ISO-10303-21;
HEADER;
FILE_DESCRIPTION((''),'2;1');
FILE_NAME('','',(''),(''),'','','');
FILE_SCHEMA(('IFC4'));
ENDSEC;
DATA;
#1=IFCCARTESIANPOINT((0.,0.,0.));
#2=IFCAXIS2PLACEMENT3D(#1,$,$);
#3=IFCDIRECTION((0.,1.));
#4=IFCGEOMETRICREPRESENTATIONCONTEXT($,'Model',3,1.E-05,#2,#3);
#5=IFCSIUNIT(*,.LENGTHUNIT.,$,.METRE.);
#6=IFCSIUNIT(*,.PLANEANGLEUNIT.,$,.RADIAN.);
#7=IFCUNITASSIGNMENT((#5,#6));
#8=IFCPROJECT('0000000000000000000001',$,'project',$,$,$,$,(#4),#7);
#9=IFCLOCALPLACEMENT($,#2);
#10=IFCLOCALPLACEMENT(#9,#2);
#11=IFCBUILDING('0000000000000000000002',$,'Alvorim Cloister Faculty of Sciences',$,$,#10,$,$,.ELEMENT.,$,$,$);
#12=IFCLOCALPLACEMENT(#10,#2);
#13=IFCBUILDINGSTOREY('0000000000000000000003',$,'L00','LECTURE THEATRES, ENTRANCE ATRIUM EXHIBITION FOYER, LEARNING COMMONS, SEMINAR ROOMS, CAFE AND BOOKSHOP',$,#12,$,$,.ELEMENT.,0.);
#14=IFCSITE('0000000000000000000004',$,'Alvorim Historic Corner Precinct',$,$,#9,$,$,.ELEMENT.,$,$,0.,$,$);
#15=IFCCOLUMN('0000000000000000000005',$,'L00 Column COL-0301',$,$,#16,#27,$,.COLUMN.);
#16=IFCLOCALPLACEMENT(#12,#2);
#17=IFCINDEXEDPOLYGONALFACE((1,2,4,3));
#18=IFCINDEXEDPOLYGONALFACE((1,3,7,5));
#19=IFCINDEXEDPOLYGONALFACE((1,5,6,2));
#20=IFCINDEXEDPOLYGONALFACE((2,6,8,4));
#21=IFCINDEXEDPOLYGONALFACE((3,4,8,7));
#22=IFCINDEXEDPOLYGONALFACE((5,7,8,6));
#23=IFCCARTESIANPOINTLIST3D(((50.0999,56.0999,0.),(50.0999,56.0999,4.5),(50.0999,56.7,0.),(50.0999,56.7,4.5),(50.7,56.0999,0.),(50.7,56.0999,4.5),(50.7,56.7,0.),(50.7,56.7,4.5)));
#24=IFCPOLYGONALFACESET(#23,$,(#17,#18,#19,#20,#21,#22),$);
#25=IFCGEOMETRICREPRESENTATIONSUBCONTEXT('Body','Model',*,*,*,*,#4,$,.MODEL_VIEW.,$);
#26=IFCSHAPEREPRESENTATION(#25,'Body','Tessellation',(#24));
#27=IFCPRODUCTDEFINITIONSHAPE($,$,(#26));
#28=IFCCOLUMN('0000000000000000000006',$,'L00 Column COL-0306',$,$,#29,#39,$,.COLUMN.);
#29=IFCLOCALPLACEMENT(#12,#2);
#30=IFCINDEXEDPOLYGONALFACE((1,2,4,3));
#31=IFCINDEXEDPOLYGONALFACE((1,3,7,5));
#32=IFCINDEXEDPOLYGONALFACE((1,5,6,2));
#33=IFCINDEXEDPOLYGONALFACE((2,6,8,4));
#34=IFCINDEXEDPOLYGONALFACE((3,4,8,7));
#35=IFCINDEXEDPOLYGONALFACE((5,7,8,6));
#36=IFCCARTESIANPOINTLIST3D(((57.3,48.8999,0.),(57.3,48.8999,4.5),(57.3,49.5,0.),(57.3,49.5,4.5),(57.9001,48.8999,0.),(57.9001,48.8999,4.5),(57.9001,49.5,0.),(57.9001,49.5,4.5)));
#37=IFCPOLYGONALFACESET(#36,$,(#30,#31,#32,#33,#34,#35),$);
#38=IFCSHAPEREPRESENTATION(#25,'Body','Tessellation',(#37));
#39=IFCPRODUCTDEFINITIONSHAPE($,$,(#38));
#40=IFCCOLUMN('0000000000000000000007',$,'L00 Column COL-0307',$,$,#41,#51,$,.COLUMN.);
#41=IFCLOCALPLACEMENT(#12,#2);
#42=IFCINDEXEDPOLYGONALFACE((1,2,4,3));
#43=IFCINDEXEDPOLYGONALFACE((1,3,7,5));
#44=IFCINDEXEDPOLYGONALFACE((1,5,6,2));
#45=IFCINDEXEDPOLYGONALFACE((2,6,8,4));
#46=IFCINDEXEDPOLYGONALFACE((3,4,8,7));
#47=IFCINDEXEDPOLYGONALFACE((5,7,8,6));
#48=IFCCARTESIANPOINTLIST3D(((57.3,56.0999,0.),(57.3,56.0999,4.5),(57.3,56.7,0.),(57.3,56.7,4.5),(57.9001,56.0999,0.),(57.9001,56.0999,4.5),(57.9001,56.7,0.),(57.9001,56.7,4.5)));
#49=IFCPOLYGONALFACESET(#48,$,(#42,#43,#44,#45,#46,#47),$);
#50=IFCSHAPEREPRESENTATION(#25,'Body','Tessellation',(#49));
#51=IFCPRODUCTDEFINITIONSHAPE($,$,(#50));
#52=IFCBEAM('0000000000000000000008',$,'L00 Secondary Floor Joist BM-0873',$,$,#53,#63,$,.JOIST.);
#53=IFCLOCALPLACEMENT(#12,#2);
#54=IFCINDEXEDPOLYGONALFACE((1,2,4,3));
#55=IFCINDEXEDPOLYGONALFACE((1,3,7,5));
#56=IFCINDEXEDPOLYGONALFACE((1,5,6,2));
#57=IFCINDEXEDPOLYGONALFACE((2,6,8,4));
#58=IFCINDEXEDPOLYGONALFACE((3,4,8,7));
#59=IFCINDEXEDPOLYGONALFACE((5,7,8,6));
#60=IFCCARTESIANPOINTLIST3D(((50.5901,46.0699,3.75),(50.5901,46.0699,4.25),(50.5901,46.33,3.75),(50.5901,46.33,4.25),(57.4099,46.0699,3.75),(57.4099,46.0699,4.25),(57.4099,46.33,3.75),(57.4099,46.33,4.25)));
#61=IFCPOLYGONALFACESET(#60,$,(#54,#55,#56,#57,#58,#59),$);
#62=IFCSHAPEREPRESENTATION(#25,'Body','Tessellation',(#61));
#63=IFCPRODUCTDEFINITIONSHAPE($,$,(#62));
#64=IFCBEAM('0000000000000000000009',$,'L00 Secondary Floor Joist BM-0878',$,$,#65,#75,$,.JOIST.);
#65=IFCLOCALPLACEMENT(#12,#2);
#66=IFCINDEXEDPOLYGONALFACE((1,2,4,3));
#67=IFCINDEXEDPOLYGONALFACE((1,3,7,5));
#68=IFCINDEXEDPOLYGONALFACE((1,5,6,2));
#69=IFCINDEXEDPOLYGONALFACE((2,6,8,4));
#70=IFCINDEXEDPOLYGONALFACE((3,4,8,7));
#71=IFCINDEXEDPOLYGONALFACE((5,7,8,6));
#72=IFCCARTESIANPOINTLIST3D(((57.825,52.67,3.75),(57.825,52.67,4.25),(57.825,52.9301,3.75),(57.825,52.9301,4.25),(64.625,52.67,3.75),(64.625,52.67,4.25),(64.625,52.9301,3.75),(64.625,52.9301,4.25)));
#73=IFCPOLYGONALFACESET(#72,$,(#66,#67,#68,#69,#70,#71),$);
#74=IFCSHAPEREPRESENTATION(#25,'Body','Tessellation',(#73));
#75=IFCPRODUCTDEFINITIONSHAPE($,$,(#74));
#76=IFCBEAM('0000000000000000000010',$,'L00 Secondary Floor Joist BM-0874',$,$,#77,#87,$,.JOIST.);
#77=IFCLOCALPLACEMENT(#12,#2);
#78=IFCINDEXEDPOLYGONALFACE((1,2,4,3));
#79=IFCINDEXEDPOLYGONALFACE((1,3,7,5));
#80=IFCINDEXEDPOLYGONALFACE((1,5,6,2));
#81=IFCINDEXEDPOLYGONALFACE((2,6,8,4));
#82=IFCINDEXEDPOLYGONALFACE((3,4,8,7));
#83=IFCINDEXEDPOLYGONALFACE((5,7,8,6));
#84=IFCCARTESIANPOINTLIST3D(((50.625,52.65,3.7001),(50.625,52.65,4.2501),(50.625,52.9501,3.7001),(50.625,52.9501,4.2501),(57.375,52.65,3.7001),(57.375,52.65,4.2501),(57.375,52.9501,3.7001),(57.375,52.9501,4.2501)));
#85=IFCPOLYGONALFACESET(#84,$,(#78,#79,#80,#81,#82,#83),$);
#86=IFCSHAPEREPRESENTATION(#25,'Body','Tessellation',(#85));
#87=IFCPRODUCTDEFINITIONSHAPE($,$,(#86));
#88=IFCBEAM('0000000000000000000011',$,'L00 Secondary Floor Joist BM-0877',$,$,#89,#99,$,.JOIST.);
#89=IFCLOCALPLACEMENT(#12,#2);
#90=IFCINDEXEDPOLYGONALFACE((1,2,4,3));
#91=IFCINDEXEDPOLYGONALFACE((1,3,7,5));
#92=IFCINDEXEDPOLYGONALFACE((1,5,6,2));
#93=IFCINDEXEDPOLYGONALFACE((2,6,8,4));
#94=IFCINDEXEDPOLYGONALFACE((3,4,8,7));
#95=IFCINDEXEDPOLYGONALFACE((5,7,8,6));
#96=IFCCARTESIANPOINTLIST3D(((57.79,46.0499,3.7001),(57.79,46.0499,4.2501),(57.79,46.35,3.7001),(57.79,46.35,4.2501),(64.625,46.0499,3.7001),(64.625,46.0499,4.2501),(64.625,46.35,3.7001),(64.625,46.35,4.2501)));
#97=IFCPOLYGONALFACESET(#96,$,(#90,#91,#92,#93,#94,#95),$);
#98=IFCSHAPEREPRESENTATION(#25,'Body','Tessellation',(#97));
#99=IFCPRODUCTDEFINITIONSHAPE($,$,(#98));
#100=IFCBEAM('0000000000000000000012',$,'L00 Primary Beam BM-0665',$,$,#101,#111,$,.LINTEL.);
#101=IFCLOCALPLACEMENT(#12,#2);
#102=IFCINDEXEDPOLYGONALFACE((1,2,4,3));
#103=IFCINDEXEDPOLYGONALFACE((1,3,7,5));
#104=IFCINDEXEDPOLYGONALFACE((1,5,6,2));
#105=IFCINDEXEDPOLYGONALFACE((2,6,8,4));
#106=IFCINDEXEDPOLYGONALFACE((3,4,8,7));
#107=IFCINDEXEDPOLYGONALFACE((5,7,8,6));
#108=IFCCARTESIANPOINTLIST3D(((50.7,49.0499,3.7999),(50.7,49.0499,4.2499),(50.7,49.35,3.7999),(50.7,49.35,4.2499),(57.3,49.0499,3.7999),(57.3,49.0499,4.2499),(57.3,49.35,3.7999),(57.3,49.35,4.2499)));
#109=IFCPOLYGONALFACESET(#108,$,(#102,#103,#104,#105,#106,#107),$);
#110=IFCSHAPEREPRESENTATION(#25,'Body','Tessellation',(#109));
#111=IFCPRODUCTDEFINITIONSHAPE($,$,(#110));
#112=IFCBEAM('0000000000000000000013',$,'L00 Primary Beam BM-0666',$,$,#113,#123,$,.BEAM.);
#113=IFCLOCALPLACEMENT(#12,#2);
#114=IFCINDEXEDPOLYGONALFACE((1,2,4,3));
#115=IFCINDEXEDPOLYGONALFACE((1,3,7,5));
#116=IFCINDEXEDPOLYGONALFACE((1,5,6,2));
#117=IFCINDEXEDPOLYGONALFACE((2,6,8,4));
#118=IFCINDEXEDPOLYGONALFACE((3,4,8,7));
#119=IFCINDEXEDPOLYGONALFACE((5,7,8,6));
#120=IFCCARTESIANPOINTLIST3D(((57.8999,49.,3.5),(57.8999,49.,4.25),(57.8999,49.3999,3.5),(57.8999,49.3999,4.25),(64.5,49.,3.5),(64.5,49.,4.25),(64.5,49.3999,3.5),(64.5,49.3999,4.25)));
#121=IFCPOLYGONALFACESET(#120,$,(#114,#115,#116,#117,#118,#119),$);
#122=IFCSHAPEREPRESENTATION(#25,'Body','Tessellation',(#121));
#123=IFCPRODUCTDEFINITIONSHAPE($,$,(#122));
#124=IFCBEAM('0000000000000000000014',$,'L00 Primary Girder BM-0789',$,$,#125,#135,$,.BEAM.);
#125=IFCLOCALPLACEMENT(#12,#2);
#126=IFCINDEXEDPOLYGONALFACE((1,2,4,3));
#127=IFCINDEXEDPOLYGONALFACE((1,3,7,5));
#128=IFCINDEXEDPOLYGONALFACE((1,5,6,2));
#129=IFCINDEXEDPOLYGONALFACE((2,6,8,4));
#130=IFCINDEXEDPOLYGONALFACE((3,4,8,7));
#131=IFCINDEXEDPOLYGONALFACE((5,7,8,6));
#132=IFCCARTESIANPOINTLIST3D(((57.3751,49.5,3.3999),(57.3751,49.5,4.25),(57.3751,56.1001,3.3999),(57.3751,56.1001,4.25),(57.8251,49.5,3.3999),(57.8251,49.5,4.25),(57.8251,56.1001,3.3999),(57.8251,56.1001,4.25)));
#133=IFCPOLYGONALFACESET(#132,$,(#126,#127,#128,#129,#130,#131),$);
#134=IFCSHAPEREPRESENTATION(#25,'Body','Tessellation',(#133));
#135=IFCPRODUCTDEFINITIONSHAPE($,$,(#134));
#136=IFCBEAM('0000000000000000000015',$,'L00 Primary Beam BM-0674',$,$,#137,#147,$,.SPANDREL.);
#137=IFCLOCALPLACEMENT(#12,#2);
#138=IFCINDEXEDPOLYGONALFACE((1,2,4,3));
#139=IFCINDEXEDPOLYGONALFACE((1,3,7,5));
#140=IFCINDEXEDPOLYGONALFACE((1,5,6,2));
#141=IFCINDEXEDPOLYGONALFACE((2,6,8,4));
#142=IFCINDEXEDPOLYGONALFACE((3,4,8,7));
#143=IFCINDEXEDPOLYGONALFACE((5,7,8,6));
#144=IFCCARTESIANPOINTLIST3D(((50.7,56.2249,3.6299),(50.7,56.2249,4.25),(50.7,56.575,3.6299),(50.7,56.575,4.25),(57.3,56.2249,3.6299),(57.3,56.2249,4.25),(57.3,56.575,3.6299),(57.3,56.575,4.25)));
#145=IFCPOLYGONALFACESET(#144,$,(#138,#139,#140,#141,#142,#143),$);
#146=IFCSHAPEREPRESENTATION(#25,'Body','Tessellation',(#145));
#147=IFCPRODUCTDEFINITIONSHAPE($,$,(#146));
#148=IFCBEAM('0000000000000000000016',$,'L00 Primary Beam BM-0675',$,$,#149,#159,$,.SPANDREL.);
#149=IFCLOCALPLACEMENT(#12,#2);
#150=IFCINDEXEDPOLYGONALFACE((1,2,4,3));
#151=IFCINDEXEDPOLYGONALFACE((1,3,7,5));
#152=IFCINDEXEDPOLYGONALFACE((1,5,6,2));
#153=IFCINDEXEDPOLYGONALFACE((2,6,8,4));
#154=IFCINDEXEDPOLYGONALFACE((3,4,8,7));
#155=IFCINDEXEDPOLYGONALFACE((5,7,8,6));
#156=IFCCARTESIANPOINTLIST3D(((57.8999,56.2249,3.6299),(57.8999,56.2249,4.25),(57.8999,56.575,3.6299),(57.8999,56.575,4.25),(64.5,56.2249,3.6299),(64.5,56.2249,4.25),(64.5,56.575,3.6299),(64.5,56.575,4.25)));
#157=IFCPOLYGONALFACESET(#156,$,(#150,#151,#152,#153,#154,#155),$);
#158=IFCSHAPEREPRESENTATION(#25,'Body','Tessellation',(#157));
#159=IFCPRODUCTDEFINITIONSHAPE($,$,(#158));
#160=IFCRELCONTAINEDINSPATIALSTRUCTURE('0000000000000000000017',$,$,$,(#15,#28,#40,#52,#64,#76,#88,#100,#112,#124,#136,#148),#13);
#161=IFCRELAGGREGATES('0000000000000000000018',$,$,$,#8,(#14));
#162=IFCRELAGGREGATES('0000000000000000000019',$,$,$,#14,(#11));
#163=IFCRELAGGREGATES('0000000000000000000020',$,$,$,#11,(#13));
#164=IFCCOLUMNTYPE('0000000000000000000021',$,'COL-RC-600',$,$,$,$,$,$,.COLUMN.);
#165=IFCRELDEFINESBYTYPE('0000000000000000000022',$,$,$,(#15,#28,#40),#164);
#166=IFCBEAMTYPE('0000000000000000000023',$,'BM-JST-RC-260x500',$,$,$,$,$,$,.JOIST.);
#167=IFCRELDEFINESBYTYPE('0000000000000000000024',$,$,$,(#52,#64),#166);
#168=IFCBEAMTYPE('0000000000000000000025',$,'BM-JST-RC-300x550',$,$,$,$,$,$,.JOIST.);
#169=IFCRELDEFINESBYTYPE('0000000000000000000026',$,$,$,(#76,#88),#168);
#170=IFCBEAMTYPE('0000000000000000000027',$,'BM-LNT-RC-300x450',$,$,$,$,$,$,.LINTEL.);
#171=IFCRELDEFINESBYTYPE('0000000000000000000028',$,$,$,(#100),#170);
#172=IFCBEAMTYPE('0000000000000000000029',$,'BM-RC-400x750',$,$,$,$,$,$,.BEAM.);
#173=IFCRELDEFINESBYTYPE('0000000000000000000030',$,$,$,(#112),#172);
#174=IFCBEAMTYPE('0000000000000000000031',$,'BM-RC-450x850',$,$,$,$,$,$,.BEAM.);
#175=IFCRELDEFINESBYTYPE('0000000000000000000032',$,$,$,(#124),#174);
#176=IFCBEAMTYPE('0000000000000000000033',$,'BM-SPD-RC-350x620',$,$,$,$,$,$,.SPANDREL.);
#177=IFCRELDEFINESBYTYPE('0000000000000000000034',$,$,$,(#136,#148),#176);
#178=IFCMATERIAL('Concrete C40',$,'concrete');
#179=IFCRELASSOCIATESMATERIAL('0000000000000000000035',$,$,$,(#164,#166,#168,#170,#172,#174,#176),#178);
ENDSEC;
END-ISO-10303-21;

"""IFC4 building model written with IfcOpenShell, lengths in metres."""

from ifc_helpers import new_model, si_unit, direction, frame, origin, origin_2d, place, context, subcontext, project, spatial, rectangle, extrude, material, material_profile, profile_set, type_object, element, save


model = new_model("IFC4")

# Units and contexts
model_context = context("Model", 3, precision=1e-05, world=origin(), true_north=direction((0.0, 1.0)))
body_context = subcontext(model_context, "Body", "Model", "MODEL_VIEW")
ifc_project = project(units=[si_unit("LENGTHUNIT", "METRE"), si_unit("PLANEANGLEUNIT", "RADIAN")], contexts=[model_context])

# Site, building, storey
site_placement = place(None, origin())
site = spatial("IfcSite", under=ifc_project, at=site_placement, Name="Alvorim Historic Corner Precinct", CompositionType="ELEMENT", RefElevation=0.0)
building_placement = place(site_placement, origin())
building = spatial("IfcBuilding", under=site, at=building_placement, Name="Alvorim Cloister Faculty of Sciences", CompositionType="ELEMENT")
storey_placement = place(building_placement, origin())
storey = spatial("IfcBuildingStorey", under=building, at=storey_placement, Name="L00", Description="LECTURE THEATRES, ENTRANCE ATRIUM EXHIBITION FOYER, LEARNING COMMONS, SEMINAR ROOMS, CAFE AND BOOKSHOP", CompositionType="ELEMENT", Elevation=0.0)

# Columns
ifc_material_1 = material(Name="Concrete C40", Category="concrete")
ifc_material_profile_1 = material_profile(ifc_material_1, rectangle(XDim=0.6001, YDim=0.6001, at=origin_2d()), Name="RC40-COL-600x600")
ifc_profile_set_1 = profile_set([ifc_material_profile_1], Name="Concrete C40")
column_type = type_object("IfcColumnType", Name="COL-RC-600", PredefinedType="COLUMN", material=ifc_profile_set_1)
for number, where, z_axis, x_axis, name in (
    (1, (50.3999, 56.3999, 0.0), (0.0, 0.0, 1.0), (1.0, 0.0, 0.0), "L00 Column COL-0301"),
    (2, (57.6001, 49.2, 0.0), (0.0, 0.0, 1.0), (1.0, 0.0, 0.0), "L00 Column COL-0306"),
    (3, (57.6001, 56.3999, 0.0), (0.0, 0.0, 1.0), (1.0, 0.0, 0.0), "L00 Column COL-0307"),
):
    element("IfcColumn", number, at=place(storey_placement, frame(where, z_axis=z_axis, x_axis=x_axis)), inside=storey, type_object=column_type, Name=name, PredefinedType="COLUMN", context=body_context, shape_type="SweptSolid", body=[
        extrude(rectangle(XDim=0.6001, YDim=0.6001, at=origin_2d()), origin(), (0.0, 0.0, 1.0), 4.5),
    ])

# Beams
ifc_material_profile_2 = material_profile(ifc_material_1, rectangle(XDim=0.26, YDim=0.5, at=origin_2d()), Name="RC40-JST-260x500")
ifc_profile_set_2 = profile_set([ifc_material_profile_2], Name="Concrete C40")
beam_type_1 = type_object("IfcBeamType", Name="BM-JST-RC-260x500", PredefinedType="JOIST", material=ifc_profile_set_2)
beam_1_placement = place(storey_placement, frame((50.5901, 46.2, 4.0), z_axis=(1.0, 0.0, 0.0), x_axis=(0.0, 1.0, 0.0)))
element("IfcBeam", 4, at=beam_1_placement, inside=storey, type_object=beam_type_1, Name="L00 Secondary Floor Joist BM-0873", PredefinedType="JOIST", context=body_context, shape_type="SweptSolid", body=[
    extrude(rectangle(XDim=0.26, YDim=0.5, at=origin_2d()), origin(), (0.0, 0.0, 1.0), 6.8198),
])
beam_2_placement = place(storey_placement, frame((57.825, 52.8, 4.0), z_axis=(1.0, 0.0, 0.0), x_axis=(0.0, 1.0, 0.0)))
element("IfcBeam", 5, at=beam_2_placement, inside=storey, type_object=beam_type_1, Name="L00 Secondary Floor Joist BM-0878", PredefinedType="JOIST", context=body_context, shape_type="SweptSolid", body=[
    extrude(rectangle(XDim=0.26, YDim=0.5, at=origin_2d()), origin(), (0.0, 0.0, 1.0), 6.8),
])
ifc_material_profile_3 = material_profile(ifc_material_1, rectangle(XDim=0.3, YDim=0.55, at=origin_2d()), Name="RC40-JST-300x550")
ifc_profile_set_3 = profile_set([ifc_material_profile_3], Name="Concrete C40")
beam_type_2 = type_object("IfcBeamType", Name="BM-JST-RC-300x550", PredefinedType="JOIST", material=ifc_profile_set_3)
beam_3_placement = place(storey_placement, frame((50.625, 52.8, 3.9751), z_axis=(1.0, 0.0, 0.0), x_axis=(0.0, 1.0, 0.0)))
element("IfcBeam", 6, at=beam_3_placement, inside=storey, type_object=beam_type_2, Name="L00 Secondary Floor Joist BM-0874", PredefinedType="JOIST", context=body_context, shape_type="SweptSolid", body=[
    extrude(rectangle(XDim=0.3, YDim=0.55, at=origin_2d()), origin(), (0.0, 0.0, 1.0), 6.75),
])
beam_4_placement = place(storey_placement, frame((57.79, 46.2, 3.9751), z_axis=(1.0, 0.0, 0.0), x_axis=(0.0, 1.0, 0.0)))
element("IfcBeam", 7, at=beam_4_placement, inside=storey, type_object=beam_type_2, Name="L00 Secondary Floor Joist BM-0877", PredefinedType="JOIST", context=body_context, shape_type="SweptSolid", body=[
    extrude(rectangle(XDim=0.3, YDim=0.55, at=origin_2d()), origin(), (0.0, 0.0, 1.0), 6.835),
])
ifc_material_profile_4 = material_profile(ifc_material_1, rectangle(XDim=0.3, YDim=0.45, at=origin_2d()), Name="RC40-LNT-300x450")
ifc_profile_set_4 = profile_set([ifc_material_profile_4], Name="Concrete C40")
beam_type_3 = type_object("IfcBeamType", Name="BM-LNT-RC-300x450", PredefinedType="LINTEL", material=ifc_profile_set_4)
beam_5_placement = place(storey_placement, frame((50.7, 49.2, 4.0249), z_axis=(1.0, 0.0, 0.0), x_axis=(0.0, 1.0, 0.0)))
element("IfcBeam", 8, at=beam_5_placement, inside=storey, type_object=beam_type_3, Name="L00 Primary Beam BM-0665", PredefinedType="LINTEL", context=body_context, shape_type="SweptSolid", body=[
    extrude(rectangle(XDim=0.3, YDim=0.45, at=origin_2d()), origin(), (0.0, 0.0, 1.0), 6.6001),
])
ifc_material_profile_5 = material_profile(ifc_material_1, rectangle(XDim=0.3999, YDim=0.75, at=origin_2d()), Name="RC40-BM-400x750")
ifc_profile_set_5 = profile_set([ifc_material_profile_5], Name="Concrete C40")
beam_type_4 = type_object("IfcBeamType", Name="BM-RC-400x750", PredefinedType="BEAM", material=ifc_profile_set_5)
beam_6_placement = place(storey_placement, frame((57.8999, 49.2, 3.875), z_axis=(1.0, 0.0, 0.0), x_axis=(0.0, 1.0, 0.0)))
element("IfcBeam", 9, at=beam_6_placement, inside=storey, type_object=beam_type_4, Name="L00 Primary Beam BM-0666", PredefinedType="BEAM", context=body_context, shape_type="SweptSolid", body=[
    extrude(rectangle(XDim=0.3999, YDim=0.75, at=origin_2d()), origin(), (0.0, 0.0, 1.0), 6.6001),
])
ifc_material_profile_6 = material_profile(ifc_material_1, rectangle(XDim=0.45, YDim=0.8501, at=origin_2d()), Name="RC40-BM-450x850")
ifc_profile_set_6 = profile_set([ifc_material_profile_6], Name="Concrete C40")
beam_type_5 = type_object("IfcBeamType", Name="BM-RC-450x850", PredefinedType="BEAM", material=ifc_profile_set_6)
beam_7_placement = place(storey_placement, frame((57.6001, 49.5, 3.825), z_axis=(0.0, 1.0, 0.0), x_axis=(-1.0, 0.0, 0.0)))
element("IfcBeam", 10, at=beam_7_placement, inside=storey, type_object=beam_type_5, Name="L00 Primary Girder BM-0789", PredefinedType="BEAM", context=body_context, shape_type="SweptSolid", body=[
    extrude(rectangle(XDim=0.45, YDim=0.8501, at=origin_2d()), origin(), (0.0, 0.0, 1.0), 6.6001),
])
ifc_material_profile_7 = material_profile(ifc_material_1, rectangle(XDim=0.3501, YDim=0.6201, at=origin_2d()), Name="RC40-SPD-350x620")
ifc_profile_set_7 = profile_set([ifc_material_profile_7], Name="Concrete C40")
beam_type_6 = type_object("IfcBeamType", Name="BM-SPD-RC-350x620", PredefinedType="SPANDREL", material=ifc_profile_set_7)
for number, where, z_axis, x_axis, name in (
    (11, (50.7, 56.3999, 3.9399), (1.0, 0.0, 0.0), (0.0, 1.0, 0.0), "L00 Primary Beam BM-0674"),
    (12, (57.8999, 56.3999, 3.9399), (1.0, 0.0, 0.0), (0.0, 1.0, 0.0), "L00 Primary Beam BM-0675"),
):
    element("IfcBeam", number, at=place(storey_placement, frame(where, z_axis=z_axis, x_axis=x_axis)), inside=storey, type_object=beam_type_6, Name=name, PredefinedType="SPANDREL", context=body_context, shape_type="SweptSolid", body=[
        extrude(rectangle(XDim=0.3501, YDim=0.6201, at=origin_2d()), origin(), (0.0, 0.0, 1.0), 6.6001),
    ])

save(model, "model.ifc")
